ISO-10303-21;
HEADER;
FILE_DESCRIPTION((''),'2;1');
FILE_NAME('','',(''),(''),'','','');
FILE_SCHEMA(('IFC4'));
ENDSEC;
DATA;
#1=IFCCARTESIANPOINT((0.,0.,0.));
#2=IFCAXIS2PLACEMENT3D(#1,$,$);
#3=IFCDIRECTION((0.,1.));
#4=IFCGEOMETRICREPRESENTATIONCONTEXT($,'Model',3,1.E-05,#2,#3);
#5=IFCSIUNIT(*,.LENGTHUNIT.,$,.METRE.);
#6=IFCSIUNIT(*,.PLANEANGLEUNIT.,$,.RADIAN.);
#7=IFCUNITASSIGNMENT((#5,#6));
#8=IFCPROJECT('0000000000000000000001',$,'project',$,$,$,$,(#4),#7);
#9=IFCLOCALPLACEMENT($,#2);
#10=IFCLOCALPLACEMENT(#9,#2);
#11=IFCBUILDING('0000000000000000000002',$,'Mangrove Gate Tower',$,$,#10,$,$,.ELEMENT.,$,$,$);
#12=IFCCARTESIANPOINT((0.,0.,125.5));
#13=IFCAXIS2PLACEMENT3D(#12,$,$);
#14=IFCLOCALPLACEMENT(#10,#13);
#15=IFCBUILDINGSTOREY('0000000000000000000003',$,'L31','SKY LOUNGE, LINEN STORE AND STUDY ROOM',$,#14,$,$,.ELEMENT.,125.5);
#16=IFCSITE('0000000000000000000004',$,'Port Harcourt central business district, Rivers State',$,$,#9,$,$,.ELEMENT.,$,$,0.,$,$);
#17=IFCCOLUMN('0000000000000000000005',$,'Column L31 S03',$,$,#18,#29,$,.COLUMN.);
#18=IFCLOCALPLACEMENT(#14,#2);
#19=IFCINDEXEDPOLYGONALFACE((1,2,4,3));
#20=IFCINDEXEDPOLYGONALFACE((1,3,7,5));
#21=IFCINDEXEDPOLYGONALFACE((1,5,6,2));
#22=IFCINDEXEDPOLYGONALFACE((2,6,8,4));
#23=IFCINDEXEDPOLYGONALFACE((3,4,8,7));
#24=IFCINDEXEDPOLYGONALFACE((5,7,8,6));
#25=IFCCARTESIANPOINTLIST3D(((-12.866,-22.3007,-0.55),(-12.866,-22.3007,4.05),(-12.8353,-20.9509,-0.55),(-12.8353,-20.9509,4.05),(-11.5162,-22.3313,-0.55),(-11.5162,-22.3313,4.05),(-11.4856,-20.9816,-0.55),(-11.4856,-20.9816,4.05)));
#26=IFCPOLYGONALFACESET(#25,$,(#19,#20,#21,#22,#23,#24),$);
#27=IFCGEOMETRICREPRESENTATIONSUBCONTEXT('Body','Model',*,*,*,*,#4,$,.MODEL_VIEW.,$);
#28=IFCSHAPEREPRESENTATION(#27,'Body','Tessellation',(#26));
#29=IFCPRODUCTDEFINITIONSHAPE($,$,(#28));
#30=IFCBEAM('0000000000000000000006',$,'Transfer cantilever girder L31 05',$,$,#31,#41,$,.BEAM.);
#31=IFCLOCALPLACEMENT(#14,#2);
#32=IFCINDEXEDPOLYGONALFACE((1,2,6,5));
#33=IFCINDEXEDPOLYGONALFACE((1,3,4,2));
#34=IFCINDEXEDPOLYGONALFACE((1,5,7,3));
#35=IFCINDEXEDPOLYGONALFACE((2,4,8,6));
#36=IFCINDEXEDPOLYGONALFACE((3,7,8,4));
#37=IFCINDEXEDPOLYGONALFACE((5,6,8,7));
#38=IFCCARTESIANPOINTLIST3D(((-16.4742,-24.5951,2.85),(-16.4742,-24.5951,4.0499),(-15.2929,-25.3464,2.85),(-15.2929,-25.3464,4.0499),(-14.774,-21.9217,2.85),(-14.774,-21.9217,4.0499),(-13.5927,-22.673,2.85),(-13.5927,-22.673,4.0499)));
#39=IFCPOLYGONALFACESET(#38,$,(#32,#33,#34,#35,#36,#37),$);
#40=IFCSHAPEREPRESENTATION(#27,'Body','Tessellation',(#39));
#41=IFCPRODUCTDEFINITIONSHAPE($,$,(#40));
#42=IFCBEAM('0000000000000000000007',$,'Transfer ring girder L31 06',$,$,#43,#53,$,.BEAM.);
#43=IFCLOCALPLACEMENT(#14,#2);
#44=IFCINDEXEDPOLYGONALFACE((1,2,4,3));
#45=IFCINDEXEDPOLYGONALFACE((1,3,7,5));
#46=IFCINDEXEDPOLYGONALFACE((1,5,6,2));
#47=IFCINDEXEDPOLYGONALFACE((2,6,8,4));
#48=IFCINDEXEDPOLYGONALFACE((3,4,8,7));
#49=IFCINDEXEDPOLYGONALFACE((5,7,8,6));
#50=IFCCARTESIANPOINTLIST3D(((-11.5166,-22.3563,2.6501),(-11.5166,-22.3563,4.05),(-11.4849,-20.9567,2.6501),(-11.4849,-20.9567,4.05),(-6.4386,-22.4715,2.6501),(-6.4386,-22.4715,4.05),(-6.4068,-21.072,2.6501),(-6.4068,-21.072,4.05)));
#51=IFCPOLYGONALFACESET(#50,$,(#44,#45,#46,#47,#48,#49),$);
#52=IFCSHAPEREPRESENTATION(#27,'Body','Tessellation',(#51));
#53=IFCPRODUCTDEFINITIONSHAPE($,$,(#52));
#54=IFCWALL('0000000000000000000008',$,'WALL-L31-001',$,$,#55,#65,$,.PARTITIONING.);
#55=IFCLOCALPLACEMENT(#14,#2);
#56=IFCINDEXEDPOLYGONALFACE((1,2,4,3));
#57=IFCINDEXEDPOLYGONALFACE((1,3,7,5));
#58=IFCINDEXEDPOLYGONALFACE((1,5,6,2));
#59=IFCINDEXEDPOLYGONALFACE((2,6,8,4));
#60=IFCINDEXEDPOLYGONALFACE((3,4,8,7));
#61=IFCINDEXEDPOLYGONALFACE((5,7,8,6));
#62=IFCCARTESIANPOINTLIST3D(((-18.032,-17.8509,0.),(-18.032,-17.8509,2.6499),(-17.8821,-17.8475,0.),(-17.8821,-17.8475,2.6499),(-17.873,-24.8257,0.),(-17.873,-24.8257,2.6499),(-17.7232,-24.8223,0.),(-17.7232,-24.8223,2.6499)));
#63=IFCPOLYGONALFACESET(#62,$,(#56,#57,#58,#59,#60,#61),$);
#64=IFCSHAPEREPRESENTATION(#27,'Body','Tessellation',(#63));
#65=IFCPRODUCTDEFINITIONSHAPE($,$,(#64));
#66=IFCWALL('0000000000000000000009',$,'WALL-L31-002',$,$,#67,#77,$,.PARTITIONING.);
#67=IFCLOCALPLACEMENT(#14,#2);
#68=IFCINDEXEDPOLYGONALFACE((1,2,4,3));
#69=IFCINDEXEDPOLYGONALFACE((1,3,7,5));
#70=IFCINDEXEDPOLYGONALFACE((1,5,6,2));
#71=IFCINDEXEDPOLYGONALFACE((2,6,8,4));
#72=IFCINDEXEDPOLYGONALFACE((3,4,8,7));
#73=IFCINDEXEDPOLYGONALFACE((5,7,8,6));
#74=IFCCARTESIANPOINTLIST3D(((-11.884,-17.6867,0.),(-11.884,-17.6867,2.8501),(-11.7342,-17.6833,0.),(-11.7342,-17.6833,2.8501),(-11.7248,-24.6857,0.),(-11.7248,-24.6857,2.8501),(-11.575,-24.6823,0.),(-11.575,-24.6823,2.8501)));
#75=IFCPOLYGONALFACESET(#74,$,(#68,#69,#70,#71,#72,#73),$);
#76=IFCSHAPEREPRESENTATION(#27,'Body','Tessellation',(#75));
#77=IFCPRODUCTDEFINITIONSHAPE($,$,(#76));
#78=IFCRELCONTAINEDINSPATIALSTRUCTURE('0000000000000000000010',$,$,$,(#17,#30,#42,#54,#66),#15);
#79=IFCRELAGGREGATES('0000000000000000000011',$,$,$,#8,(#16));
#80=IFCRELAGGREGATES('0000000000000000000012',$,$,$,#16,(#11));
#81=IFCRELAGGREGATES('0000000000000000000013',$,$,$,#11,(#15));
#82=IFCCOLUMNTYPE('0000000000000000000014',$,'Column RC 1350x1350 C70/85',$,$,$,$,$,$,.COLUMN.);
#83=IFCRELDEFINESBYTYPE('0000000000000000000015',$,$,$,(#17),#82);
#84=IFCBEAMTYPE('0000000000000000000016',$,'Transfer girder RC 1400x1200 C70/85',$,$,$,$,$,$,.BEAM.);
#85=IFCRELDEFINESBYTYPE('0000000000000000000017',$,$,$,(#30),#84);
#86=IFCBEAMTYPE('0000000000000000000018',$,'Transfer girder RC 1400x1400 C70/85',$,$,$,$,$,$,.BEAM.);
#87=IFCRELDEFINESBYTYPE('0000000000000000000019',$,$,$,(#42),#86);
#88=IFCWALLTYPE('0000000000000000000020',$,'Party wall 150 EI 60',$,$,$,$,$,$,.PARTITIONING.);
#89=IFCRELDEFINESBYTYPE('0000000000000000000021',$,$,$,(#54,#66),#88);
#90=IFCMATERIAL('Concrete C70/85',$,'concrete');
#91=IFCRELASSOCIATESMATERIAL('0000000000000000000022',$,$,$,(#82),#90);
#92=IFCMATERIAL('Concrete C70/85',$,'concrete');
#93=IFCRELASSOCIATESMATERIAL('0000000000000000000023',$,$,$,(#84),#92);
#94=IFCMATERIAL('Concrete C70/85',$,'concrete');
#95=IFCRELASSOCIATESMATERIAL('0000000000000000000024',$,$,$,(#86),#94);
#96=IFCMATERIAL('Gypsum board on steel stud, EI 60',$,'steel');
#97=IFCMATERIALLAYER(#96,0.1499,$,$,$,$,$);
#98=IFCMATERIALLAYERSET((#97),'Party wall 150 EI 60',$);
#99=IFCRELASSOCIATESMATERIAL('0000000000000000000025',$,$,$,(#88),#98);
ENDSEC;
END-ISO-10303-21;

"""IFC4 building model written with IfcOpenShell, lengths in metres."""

from ifc_helpers import new_model, si_unit, direction, frame, frame_2d, origin, origin_2d, place, context, subcontext, project, spatial, rectangle, extrude, material, layer, layer_set, material_profile, profile_set, type_object, element, save


model = new_model("IFC4")

# Units and contexts
model_context = context("Model", 3, precision=1e-05, world=origin(), true_north=direction((0.0, 1.0)))
body_context = subcontext(model_context, "Body", "Model", "MODEL_VIEW")
ifc_project = project(units=[si_unit("LENGTHUNIT", "METRE"), si_unit("PLANEANGLEUNIT", "RADIAN")], contexts=[model_context])

# Site, building, storey
site_placement = place(None, origin())
site = spatial("IfcSite", under=ifc_project, at=site_placement, Name="Port Harcourt central business district, Rivers State", CompositionType="ELEMENT", RefElevation=0.0)
building_placement = place(site_placement, origin())
building = spatial("IfcBuilding", under=site, at=building_placement, Name="Mangrove Gate Tower", CompositionType="ELEMENT")
storey_placement = place(building_placement, frame((0.0, 0.0, 125.5)))
storey = spatial("IfcBuildingStorey", under=building, at=storey_placement, Name="L31", Description="SKY LOUNGE, LINEN STORE AND STUDY ROOM", CompositionType="ELEMENT", Elevation=125.5)

# Column
ifc_material_1 = material(Name="Concrete C70/85", Category="concrete")
ifc_material_profile_1 = material_profile(ifc_material_1, rectangle(XDim=1.3501, YDim=1.3501, at=origin_2d()))
ifc_profile_set_1 = profile_set([ifc_material_profile_1], Name="Concrete C70/85")
column_type = type_object("IfcColumnType", Name="Column RC 1350x1350 C70/85", PredefinedType="COLUMN", material=ifc_profile_set_1)
column_placement = place(storey_placement, frame((-12.1758, -21.6411, -0.55), z_axis=(0.0, 0.0, 1.0), x_axis=(0.999742, -0.022707, 0.0)))
element("IfcColumn", 1, at=column_placement, inside=storey, type_object=column_type, Name="Column L31 S03", PredefinedType="COLUMN", context=body_context, shape_type="SweptSolid", body=[
    extrude(rectangle(XDim=1.3501, YDim=1.3501, at=origin_2d()), origin(), (0.0, 0.0, 1.0), 4.6001),
])

# Beams
ifc_material_2 = material(Name="Concrete C70/85", Category="concrete")
ifc_material_profile_2 = material_profile(ifc_material_2, rectangle(XDim=1.3999, YDim=1.2, at=origin_2d()))
ifc_profile_set_2 = profile_set([ifc_material_profile_2], Name="Concrete C70/85")
beam_type_1 = type_object("IfcBeamType", Name="Transfer girder RC 1400x1200 C70/85", PredefinedType="BEAM", material=ifc_profile_set_2)
beam_1_placement = place(storey_placement, frame((-14.1833, -22.2974, 3.45), z_axis=(-0.536646, -0.843807, 0.0), x_axis=(0.843807, -0.536646, 0.0)))
element("IfcBeam", 2, at=beam_1_placement, inside=storey, type_object=beam_type_1, Name="Transfer cantilever girder L31 05", PredefinedType="BEAM", context=body_context, shape_type="SweptSolid", body=[
    extrude(rectangle(XDim=1.3999, YDim=1.2, at=origin_2d()), origin(), (0.0, 0.0, 1.0), 3.1682),
])
ifc_material_3 = material(Name="Concrete C70/85", Category="concrete")
ifc_material_profile_3 = material_profile(ifc_material_3, rectangle(XDim=1.3999, YDim=1.3999, at=origin_2d()))
ifc_profile_set_3 = profile_set([ifc_material_profile_3], Name="Concrete C70/85")
beam_type_2 = type_object("IfcBeamType", Name="Transfer girder RC 1400x1400 C70/85", PredefinedType="BEAM", material=ifc_profile_set_3)
beam_2_placement = place(storey_placement, frame((-11.5007, -21.6565, 3.3501), z_axis=(0.999743, -0.022686, 0.0), x_axis=(0.022686, 0.999743, 0.0)))
element("IfcBeam", 3, at=beam_2_placement, inside=storey, type_object=beam_type_2, Name="Transfer ring girder L31 06", PredefinedType="BEAM", context=body_context, shape_type="SweptSolid", body=[
    extrude(rectangle(XDim=1.3999, YDim=1.3999, at=origin_2d()), origin(), (0.0, 0.0, 1.0), 5.0793),
])

# Walls
ifc_material_4 = material(Name="Gypsum board on steel stud, EI 60", Category="steel")
ifc_layer = layer(ifc_material_4, 0.1499)
ifc_layer_set = layer_set([ifc_layer], Name="Party wall 150 EI 60")
wall_type = type_object("IfcWallType", Name="Party wall 150 EI 60", PredefinedType="PARTITIONING", material=ifc_layer_set)
wall_1_placement = place(storey_placement, frame((-17.7981, -24.824, 0.0), z_axis=(0.0, 0.0, 1.0), x_axis=(-0.022781, 0.99974, 0.0)))
element("IfcWall", 4, at=wall_1_placement, inside=storey, type_object=wall_type, Name="WALL-L31-001", PredefinedType="PARTITIONING", context=body_context, shape_type="SweptSolid", body=[
    extrude(rectangle(XDim=6.9766, YDim=0.1499, at=frame_2d((3.4883, 0.0))), origin(), (0.0, 0.0, 1.0), 2.6499),
])
wall_2_placement = place(storey_placement, frame((-11.6499, -24.6841, 0.0), z_axis=(0.0, 0.0, 1.0), x_axis=(-0.022737, 0.999741, 0.0)))
element("IfcWall", 5, at=wall_2_placement, inside=storey, type_object=wall_type, Name="WALL-L31-002", PredefinedType="PARTITIONING", context=body_context, shape_type="SweptSolid", body=[
    extrude(rectangle(XDim=7.0007, YDim=0.1499, at=frame_2d((3.5005, 0.0))), origin(), (0.0, 0.0, 1.0), 2.8501),
])

save(model, "model.ifc")
